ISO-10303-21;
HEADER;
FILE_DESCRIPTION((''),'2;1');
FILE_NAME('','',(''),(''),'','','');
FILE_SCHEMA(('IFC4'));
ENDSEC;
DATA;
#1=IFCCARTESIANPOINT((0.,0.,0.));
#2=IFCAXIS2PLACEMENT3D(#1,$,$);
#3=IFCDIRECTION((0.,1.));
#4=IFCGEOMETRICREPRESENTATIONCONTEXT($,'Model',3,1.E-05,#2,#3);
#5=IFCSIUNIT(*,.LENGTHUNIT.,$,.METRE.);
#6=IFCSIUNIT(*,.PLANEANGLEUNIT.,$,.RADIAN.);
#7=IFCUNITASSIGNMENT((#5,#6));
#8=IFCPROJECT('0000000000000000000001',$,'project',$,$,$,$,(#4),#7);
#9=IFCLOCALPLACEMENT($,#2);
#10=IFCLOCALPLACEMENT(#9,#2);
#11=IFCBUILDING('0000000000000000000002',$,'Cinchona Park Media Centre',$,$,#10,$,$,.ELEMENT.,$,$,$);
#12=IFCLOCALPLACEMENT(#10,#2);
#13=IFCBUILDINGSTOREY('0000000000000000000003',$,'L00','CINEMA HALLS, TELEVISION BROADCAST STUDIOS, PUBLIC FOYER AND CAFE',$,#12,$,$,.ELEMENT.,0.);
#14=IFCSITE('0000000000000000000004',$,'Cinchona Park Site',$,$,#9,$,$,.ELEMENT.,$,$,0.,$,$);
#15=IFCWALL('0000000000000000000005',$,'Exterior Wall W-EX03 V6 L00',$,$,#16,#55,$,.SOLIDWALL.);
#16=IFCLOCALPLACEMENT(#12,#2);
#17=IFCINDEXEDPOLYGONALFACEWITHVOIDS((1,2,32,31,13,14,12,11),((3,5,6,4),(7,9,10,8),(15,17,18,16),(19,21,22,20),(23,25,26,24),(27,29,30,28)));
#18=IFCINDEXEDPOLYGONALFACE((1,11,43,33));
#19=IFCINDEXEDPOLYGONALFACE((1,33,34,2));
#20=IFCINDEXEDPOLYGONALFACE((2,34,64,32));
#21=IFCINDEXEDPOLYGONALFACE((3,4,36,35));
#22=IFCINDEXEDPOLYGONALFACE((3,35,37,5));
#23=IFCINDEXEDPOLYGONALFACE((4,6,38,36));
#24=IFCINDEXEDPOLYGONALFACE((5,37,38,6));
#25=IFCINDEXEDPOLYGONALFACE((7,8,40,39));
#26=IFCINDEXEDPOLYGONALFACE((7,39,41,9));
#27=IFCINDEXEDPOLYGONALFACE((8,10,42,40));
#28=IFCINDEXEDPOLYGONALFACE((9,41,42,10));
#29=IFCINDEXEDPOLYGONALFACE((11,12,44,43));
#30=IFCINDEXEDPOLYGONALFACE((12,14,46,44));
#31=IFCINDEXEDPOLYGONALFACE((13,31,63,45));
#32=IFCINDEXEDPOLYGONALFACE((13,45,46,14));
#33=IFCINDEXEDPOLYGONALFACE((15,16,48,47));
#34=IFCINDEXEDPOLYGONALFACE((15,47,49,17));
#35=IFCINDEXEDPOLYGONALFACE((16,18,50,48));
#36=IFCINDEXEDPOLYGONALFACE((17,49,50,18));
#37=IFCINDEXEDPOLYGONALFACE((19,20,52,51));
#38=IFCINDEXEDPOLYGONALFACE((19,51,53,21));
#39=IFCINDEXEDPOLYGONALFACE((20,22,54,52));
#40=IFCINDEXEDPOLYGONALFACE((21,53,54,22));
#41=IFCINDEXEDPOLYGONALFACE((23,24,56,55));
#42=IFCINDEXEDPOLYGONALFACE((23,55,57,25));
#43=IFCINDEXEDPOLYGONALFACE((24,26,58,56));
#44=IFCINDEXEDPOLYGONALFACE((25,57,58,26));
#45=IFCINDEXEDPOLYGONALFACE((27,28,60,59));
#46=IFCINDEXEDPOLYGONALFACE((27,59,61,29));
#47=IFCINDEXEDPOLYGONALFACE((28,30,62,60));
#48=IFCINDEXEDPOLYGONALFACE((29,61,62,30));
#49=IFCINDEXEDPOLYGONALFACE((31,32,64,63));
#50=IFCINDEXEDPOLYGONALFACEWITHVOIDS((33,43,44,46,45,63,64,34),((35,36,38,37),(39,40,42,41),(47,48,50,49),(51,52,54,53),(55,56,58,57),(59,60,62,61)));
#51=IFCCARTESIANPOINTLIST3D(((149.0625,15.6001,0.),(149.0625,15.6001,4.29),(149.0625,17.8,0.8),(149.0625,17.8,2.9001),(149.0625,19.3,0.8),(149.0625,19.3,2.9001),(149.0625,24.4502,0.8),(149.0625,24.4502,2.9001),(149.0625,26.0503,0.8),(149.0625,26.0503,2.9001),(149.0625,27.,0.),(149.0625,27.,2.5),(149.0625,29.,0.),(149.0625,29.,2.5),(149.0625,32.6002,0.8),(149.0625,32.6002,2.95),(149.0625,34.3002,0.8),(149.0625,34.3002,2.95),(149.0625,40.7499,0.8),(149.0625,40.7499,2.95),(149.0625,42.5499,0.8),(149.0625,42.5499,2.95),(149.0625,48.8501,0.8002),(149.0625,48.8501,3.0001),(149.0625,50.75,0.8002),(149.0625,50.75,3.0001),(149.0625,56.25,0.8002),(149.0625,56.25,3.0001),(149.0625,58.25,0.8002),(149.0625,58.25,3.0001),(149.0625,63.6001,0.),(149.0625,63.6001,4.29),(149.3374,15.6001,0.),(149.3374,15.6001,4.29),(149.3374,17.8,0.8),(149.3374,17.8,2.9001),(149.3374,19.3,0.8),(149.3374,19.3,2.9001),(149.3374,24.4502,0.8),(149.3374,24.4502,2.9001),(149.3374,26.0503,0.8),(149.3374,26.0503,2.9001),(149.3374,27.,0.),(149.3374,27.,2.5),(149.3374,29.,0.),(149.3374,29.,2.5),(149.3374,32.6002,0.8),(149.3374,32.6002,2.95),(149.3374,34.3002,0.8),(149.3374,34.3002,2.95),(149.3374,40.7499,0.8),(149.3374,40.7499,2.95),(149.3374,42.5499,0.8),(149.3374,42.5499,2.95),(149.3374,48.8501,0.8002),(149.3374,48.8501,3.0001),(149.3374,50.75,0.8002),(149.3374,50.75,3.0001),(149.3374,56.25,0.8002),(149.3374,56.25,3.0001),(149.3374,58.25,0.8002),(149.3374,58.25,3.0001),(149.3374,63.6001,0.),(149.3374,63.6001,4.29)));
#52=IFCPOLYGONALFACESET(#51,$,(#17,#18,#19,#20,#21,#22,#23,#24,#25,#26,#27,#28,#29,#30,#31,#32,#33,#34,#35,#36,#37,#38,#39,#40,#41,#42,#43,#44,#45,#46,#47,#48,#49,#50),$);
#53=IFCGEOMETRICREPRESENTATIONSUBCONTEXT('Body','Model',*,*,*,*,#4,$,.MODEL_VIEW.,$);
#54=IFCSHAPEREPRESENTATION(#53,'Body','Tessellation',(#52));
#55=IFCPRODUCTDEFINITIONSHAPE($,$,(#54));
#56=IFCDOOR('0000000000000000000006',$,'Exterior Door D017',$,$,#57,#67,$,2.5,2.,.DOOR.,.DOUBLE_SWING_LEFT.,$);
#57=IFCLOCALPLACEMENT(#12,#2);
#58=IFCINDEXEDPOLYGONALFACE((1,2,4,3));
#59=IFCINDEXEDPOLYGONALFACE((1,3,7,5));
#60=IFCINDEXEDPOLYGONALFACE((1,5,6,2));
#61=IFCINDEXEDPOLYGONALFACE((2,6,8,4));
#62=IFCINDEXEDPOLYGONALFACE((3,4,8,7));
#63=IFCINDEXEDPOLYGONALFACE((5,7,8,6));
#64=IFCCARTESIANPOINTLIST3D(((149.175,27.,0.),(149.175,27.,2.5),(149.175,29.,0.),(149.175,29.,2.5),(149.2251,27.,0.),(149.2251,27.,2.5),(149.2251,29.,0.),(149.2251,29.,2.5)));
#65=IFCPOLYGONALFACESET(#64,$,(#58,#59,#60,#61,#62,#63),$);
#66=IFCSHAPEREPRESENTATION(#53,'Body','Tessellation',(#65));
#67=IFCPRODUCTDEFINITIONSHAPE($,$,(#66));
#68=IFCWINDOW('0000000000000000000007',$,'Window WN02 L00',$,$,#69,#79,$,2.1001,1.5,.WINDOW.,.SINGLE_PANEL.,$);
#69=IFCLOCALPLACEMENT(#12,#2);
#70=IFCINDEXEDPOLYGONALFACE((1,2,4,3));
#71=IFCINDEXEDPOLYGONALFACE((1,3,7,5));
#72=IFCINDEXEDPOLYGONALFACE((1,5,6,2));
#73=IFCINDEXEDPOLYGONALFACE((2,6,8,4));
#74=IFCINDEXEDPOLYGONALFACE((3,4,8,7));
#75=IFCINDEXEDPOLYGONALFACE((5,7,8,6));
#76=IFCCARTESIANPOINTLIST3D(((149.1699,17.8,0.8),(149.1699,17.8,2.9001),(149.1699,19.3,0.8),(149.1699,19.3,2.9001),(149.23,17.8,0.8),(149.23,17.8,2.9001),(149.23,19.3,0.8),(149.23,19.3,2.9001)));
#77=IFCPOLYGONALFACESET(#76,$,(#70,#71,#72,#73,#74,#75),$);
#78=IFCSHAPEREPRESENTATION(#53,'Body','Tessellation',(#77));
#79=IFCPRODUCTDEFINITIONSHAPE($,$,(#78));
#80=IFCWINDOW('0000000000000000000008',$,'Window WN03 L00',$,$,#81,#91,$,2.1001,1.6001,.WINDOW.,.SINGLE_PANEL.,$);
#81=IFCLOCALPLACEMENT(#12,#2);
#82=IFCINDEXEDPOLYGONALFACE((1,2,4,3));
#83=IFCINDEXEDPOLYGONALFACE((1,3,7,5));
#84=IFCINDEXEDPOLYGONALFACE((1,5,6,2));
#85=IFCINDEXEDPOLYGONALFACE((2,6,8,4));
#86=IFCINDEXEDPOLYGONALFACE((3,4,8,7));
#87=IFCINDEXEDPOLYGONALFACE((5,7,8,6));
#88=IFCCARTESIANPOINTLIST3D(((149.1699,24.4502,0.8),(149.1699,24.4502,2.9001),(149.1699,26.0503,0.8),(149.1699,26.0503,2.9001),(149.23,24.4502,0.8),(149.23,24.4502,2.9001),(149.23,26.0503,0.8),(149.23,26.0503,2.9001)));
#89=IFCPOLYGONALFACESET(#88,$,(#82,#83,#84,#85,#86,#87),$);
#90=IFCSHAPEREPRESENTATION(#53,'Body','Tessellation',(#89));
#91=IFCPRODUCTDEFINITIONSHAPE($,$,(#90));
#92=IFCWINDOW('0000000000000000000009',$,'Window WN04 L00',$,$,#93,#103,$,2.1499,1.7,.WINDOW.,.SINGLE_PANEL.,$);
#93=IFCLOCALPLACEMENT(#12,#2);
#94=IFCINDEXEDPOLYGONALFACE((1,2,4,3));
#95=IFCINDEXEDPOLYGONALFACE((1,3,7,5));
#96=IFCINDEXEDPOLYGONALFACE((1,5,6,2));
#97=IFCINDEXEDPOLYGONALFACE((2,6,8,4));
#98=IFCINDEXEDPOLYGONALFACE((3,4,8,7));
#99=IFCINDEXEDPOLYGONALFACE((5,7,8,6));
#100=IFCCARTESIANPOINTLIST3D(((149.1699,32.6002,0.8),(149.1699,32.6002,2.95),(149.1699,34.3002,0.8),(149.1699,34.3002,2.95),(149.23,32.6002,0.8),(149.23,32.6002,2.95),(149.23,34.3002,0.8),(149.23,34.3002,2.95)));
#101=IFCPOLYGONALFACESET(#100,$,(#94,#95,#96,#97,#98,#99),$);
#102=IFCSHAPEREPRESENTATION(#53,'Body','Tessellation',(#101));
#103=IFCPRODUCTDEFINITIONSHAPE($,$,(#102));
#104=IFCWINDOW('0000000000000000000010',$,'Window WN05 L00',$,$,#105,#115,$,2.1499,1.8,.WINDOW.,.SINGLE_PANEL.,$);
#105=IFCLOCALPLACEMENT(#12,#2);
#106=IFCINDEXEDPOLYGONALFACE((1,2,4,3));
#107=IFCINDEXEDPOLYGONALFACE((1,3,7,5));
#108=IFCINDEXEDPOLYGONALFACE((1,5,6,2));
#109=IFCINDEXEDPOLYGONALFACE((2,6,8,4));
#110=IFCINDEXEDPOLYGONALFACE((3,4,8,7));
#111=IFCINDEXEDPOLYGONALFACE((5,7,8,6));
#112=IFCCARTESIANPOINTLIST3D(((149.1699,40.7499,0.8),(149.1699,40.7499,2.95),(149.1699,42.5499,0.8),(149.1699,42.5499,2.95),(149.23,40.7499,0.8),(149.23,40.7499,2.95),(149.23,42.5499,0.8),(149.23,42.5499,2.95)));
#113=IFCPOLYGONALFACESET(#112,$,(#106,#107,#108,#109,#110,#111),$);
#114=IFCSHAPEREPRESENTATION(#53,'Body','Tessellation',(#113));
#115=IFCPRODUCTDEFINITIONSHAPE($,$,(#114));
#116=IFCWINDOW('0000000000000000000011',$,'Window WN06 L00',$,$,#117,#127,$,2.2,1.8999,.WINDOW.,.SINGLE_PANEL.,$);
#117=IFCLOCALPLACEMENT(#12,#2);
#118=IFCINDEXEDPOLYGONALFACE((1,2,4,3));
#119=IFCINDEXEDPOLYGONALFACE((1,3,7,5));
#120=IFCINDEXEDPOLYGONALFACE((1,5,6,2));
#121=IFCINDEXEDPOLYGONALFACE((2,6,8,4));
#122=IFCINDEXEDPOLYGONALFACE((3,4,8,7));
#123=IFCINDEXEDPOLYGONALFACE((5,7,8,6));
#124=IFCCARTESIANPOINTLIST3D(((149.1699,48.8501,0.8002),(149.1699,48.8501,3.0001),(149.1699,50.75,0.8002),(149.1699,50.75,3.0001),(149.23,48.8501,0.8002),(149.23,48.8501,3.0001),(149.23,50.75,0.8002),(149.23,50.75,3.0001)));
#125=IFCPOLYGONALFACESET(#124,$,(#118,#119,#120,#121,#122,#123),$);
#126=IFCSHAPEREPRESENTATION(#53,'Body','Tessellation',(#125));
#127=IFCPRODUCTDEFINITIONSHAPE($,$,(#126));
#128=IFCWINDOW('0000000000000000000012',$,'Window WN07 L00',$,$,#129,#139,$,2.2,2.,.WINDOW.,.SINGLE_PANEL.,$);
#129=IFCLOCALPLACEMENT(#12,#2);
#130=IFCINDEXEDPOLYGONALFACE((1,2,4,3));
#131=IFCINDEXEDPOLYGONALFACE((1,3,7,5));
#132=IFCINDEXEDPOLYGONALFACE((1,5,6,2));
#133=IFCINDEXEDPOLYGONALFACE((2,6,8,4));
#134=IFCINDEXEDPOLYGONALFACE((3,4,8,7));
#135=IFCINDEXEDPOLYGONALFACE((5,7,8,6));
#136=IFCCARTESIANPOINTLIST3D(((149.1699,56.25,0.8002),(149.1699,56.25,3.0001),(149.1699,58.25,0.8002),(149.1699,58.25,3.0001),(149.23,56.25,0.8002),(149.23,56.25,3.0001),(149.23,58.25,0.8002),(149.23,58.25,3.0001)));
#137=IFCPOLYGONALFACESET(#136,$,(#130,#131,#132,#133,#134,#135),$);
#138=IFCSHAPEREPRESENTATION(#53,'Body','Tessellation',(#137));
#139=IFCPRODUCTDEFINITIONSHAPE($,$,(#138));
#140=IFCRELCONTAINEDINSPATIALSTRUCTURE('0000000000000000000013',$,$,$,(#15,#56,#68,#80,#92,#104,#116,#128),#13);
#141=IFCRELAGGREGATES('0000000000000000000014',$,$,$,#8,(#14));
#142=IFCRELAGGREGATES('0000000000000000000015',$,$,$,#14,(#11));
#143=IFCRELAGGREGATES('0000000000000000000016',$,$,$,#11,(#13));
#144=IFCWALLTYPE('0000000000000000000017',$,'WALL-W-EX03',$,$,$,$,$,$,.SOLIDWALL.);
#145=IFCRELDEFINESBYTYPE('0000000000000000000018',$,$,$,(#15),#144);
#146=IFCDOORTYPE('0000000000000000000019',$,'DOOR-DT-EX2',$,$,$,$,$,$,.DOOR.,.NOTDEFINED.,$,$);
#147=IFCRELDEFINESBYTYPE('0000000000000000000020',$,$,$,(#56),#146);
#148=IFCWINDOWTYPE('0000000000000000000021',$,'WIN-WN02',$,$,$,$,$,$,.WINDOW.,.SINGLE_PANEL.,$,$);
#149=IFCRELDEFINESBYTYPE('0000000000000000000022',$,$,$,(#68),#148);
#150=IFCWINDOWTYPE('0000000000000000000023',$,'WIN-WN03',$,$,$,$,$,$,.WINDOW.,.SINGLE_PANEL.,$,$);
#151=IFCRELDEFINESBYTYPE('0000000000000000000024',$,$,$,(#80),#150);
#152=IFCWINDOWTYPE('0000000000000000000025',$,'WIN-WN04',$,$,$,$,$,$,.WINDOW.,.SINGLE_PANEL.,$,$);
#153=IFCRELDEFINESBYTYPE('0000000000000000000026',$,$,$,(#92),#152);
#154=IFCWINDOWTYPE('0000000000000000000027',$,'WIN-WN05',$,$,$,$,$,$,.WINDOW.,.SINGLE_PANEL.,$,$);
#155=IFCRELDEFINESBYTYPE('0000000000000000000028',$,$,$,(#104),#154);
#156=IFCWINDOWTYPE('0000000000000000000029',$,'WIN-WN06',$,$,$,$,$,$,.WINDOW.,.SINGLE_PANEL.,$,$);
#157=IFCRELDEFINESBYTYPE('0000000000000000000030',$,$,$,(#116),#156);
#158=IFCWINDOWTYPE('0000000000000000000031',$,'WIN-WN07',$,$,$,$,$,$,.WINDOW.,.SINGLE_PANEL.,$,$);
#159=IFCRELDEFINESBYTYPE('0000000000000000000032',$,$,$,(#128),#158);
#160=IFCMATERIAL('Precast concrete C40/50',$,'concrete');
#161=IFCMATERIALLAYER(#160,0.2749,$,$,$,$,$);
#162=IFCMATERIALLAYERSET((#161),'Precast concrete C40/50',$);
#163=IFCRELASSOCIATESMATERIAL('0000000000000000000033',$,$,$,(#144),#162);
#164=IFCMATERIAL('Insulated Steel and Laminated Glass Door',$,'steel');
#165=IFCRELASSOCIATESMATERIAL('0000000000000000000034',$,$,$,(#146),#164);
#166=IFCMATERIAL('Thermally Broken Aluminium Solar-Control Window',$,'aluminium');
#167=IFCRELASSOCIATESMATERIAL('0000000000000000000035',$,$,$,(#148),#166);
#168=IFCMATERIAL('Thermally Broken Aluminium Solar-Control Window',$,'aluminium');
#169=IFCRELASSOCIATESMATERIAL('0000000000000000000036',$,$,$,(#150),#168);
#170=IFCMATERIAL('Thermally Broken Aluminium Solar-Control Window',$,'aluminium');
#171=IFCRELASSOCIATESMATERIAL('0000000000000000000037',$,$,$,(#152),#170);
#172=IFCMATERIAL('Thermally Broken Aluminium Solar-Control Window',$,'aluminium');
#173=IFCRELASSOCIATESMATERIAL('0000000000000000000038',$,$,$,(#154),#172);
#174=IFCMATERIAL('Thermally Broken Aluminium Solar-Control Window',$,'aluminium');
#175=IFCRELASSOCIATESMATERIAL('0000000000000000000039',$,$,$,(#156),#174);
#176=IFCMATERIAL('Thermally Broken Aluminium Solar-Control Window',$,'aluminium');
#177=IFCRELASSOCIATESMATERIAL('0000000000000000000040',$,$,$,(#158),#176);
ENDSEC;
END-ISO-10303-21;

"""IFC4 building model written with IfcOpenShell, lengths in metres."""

from ifc_helpers import new_model, si_unit, direction, frame, frame_2d, origin, place, context, subcontext, project, spatial, rectangle, extrude, material, layer, layer_set, type_object, element, fill, save


model = new_model("IFC4")

# Units and contexts
model_context = context("Model", 3, precision=1e-05, world=origin(), true_north=direction((0.0, 1.0)))
body_context = subcontext(model_context, "Body", "Model", "MODEL_VIEW")
ifc_project = project(units=[si_unit("LENGTHUNIT", "METRE"), si_unit("PLANEANGLEUNIT", "RADIAN")], contexts=[model_context])

# Site, building, storey
site_placement = place(None, origin())
site = spatial("IfcSite", under=ifc_project, at=site_placement, Name="Cinchona Park Site", CompositionType="ELEMENT", RefElevation=0.0)
building_placement = place(site_placement, origin())
building = spatial("IfcBuilding", under=site, at=building_placement, Name="Cinchona Park Media Centre", CompositionType="ELEMENT")
storey_placement = place(building_placement, origin())
storey = spatial("IfcBuildingStorey", under=building, at=storey_placement, Name="L00", Description="CINEMA HALLS, TELEVISION BROADCAST STUDIOS, PUBLIC FOYER AND CAFE", CompositionType="ELEMENT", Elevation=0.0)

# Wall, openings, door, windows
ifc_material_1 = material(Name="Precast concrete C40/50", Category="concrete")
ifc_layer_1 = layer(ifc_material_1, 0.2749)
ifc_layer_set_1 = layer_set([ifc_layer_1], Name="Precast concrete C40/50")
wall_type = type_object("IfcWallType", Name="WALL-W-EX03", PredefinedType="SOLIDWALL", material=ifc_layer_set_1)
wall_placement = place(storey_placement, frame((149.2, 15.6001, 0.0), z_axis=(0.0, 0.0, 1.0), x_axis=(0.0, 1.0, 0.0)))
wall = element("IfcWall", 1, at=wall_placement, inside=storey, type_object=wall_type, Name="Exterior Wall W-EX03 V6 L00", PredefinedType="SOLIDWALL", context=body_context, shape_type="SweptSolid", body=[
    extrude(rectangle(XDim=48.0, YDim=0.2749, at=frame_2d((24.0, 0.0))), origin(), (0.0, 0.0, 1.0), 4.29),
])
opening_1_placement = place(wall_placement, frame((11.3999, 0.0, 0.0)))
opening_1 = element("IfcOpeningElement", 2, at=opening_1_placement, cuts=wall, PredefinedType="OPENING", context=body_context, shape_type="SweptSolid", body=[
    extrude(rectangle(XDim=2.0, YDim=2.5, at=frame_2d((1.0, 1.25))), frame((0.0, 0.1475, 0.0), z_axis=(0.0, -1.0, 0.0), x_axis=(1.0, 0.0, 0.0)), (0.0, 0.0, 1.0), 0.2949),
])
opening_2_placement = place(wall_placement, frame((2.2, 0.0, 0.8)))
opening_2 = element("IfcOpeningElement", 3, at=opening_2_placement, cuts=wall, PredefinedType="OPENING", context=body_context, shape_type="SweptSolid", body=[
    extrude(rectangle(XDim=1.5, YDim=2.1001, at=frame_2d((0.75, 1.05))), frame((0.0, 0.1475, 0.0), z_axis=(0.0, -1.0, 0.0), x_axis=(1.0, 0.0, 0.0)), (0.0, 0.0, 1.0), 0.2949),
])
opening_3_placement = place(wall_placement, frame((8.8501, 0.0, 0.8)))
opening_3 = element("IfcOpeningElement", 4, at=opening_3_placement, cuts=wall, PredefinedType="OPENING", context=body_context, shape_type="SweptSolid", body=[
    extrude(rectangle(XDim=1.6001, YDim=2.1001, at=frame_2d((0.8, 1.05))), frame((0.0, 0.1475, 0.0), z_axis=(0.0, -1.0, 0.0), x_axis=(1.0, 0.0, 0.0)), (0.0, 0.0, 1.0), 0.2949),
])
opening_4_placement = place(wall_placement, frame((17.0, 0.0, 0.8)))
opening_4 = element("IfcOpeningElement", 5, at=opening_4_placement, cuts=wall, PredefinedType="OPENING", context=body_context, shape_type="SweptSolid", body=[
    extrude(rectangle(XDim=1.7, YDim=2.1499, at=frame_2d((0.8501, 1.075))), frame((0.0, 0.1475, 0.0), z_axis=(0.0, -1.0, 0.0), x_axis=(1.0, 0.0, 0.0)), (0.0, 0.0, 1.0), 0.2949),
])
opening_5_placement = place(wall_placement, frame((25.1499, 0.0, 0.8)))
opening_5 = element("IfcOpeningElement", 6, at=opening_5_placement, cuts=wall, PredefinedType="OPENING", context=body_context, shape_type="SweptSolid", body=[
    extrude(rectangle(XDim=1.8, YDim=2.1499, at=frame_2d((0.8999, 1.075))), frame((0.0, 0.1475, 0.0), z_axis=(0.0, -1.0, 0.0), x_axis=(1.0, 0.0, 0.0)), (0.0, 0.0, 1.0), 0.2949),
])
opening_6_placement = place(wall_placement, frame((33.25, 0.0, 0.8)))
opening_6 = element("IfcOpeningElement", 7, at=opening_6_placement, cuts=wall, PredefinedType="OPENING", context=body_context, shape_type="SweptSolid", body=[
    extrude(rectangle(XDim=1.8999, YDim=2.2, at=frame_2d((0.95, 1.1001))), frame((0.0, 0.1475, 0.0), z_axis=(0.0, -1.0, 0.0), x_axis=(1.0, 0.0, 0.0)), (0.0, 0.0, 1.0), 0.2949),
])
opening_7_placement = place(wall_placement, frame((40.6499, 0.0, 0.8)))
opening_7 = element("IfcOpeningElement", 8, at=opening_7_placement, cuts=wall, PredefinedType="OPENING", context=body_context, shape_type="SweptSolid", body=[
    extrude(rectangle(XDim=2.0, YDim=2.2, at=frame_2d((1.0, 1.1001))), frame((0.0, 0.1475, 0.0), z_axis=(0.0, -1.0, 0.0), x_axis=(1.0, 0.0, 0.0)), (0.0, 0.0, 1.0), 0.2949),
])
ifc_material_2 = material(Name="Insulated Steel and Laminated Glass Door", Category="steel")
door_type = type_object("IfcDoorType", Name="DOOR-DT-EX2", OperationType="NOTDEFINED", PredefinedType="DOOR", material=ifc_material_2)
door_placement = place(opening_1_placement, origin())
door = element("IfcDoor", 9, at=door_placement, inside=storey, type_object=door_type, Name="Exterior Door D017", OperationType="DOUBLE_SWING_LEFT", OverallHeight=2.5, OverallWidth=2.0, PredefinedType="DOOR", context=body_context, shape_type="SweptSolid", body=[
    extrude(rectangle(XDim=2.0, YDim=2.5, at=frame_2d((1.0, 1.25))), frame((0.0, 0.0249, 0.0), z_axis=(0.0, -1.0, 0.0), x_axis=(1.0, 0.0, 0.0)), (0.0, 0.0, 1.0), 0.05),
])
fill(opening_1, door)
ifc_material_3 = material(Name="Thermally Broken Aluminium Solar-Control Window", Category="aluminium")
window_type_1 = type_object("IfcWindowType", Name="WIN-WN02", PartitioningType="SINGLE_PANEL", PredefinedType="WINDOW", material=ifc_material_3)
window_1_placement = place(opening_2_placement, origin())
window_1 = element("IfcWindow", 10, at=window_1_placement, inside=storey, type_object=window_type_1, Name="Window WN02 L00", OverallHeight=2.1001, OverallWidth=1.5, PartitioningType="SINGLE_PANEL", PredefinedType="WINDOW", context=body_context, shape_type="SweptSolid", body=[
    extrude(rectangle(XDim=1.5, YDim=2.1001, at=frame_2d((0.75, 1.05))), frame((0.0, 0.03, 0.0), z_axis=(0.0, -1.0, 0.0), x_axis=(1.0, 0.0, 0.0)), (0.0, 0.0, 1.0), 0.0601),
])
fill(opening_2, window_1)
ifc_material_4 = material(Name="Thermally Broken Aluminium Solar-Control Window", Category="aluminium")
window_type_2 = type_object("IfcWindowType", Name="WIN-WN03", PartitioningType="SINGLE_PANEL", PredefinedType="WINDOW", material=ifc_material_4)
window_2_placement = place(opening_3_placement, origin())
window_2 = element("IfcWindow", 11, at=window_2_placement, inside=storey, type_object=window_type_2, Name="Window WN03 L00", OverallHeight=2.1001, OverallWidth=1.6001, PartitioningType="SINGLE_PANEL", PredefinedType="WINDOW", context=body_context, shape_type="SweptSolid", body=[
    extrude(rectangle(XDim=1.6001, YDim=2.1001, at=frame_2d((0.8, 1.05))), frame((0.0, 0.03, 0.0), z_axis=(0.0, -1.0, 0.0), x_axis=(1.0, 0.0, 0.0)), (0.0, 0.0, 1.0), 0.0601),
])
fill(opening_3, window_2)
ifc_material_5 = material(Name="Thermally Broken Aluminium Solar-Control Window", Category="aluminium")
window_type_3 = type_object("IfcWindowType", Name="WIN-WN04", PartitioningType="SINGLE_PANEL", PredefinedType="WINDOW", material=ifc_material_5)
window_3_placement = place(opening_4_placement, origin())
window_3 = element("IfcWindow", 12, at=window_3_placement, inside=storey, type_object=window_type_3, Name="Window WN04 L00", OverallHeight=2.1499, OverallWidth=1.7, PartitioningType="SINGLE_PANEL", PredefinedType="WINDOW", context=body_context, shape_type="SweptSolid", body=[
    extrude(rectangle(XDim=1.7, YDim=2.1499, at=frame_2d((0.8501, 1.075))), frame((0.0, 0.03, 0.0), z_axis=(0.0, -1.0, 0.0), x_axis=(1.0, 0.0, 0.0)), (0.0, 0.0, 1.0), 0.0601),
])
fill(opening_4, window_3)
ifc_material_6 = material(Name="Thermally Broken Aluminium Solar-Control Window", Category="aluminium")
window_type_4 = type_object("IfcWindowType", Name="WIN-WN05", PartitioningType="SINGLE_PANEL", PredefinedType="WINDOW", material=ifc_material_6)
window_4_placement = place(opening_5_placement, origin())
window_4 = element("IfcWindow", 13, at=window_4_placement, inside=storey, type_object=window_type_4, Name="Window WN05 L00", OverallHeight=2.1499, OverallWidth=1.8, PartitioningType="SINGLE_PANEL", PredefinedType="WINDOW", context=body_context, shape_type="SweptSolid", body=[
    extrude(rectangle(XDim=1.8, YDim=2.1499, at=frame_2d((0.8999, 1.075))), frame((0.0, 0.03, 0.0), z_axis=(0.0, -1.0, 0.0), x_axis=(1.0, 0.0, 0.0)), (0.0, 0.0, 1.0), 0.0601),
])
fill(opening_5, window_4)
ifc_material_7 = material(Name="Thermally Broken Aluminium Solar-Control Window", Category="aluminium")
window_type_5 = type_object("IfcWindowType", Name="WIN-WN06", PartitioningType="SINGLE_PANEL", PredefinedType="WINDOW", material=ifc_material_7)
window_5_placement = place(opening_6_placement, origin())
window_5 = element("IfcWindow", 14, at=window_5_placement, inside=storey, type_object=window_type_5, Name="Window WN06 L00", OverallHeight=2.2, OverallWidth=1.8999, PartitioningType="SINGLE_PANEL", PredefinedType="WINDOW", context=body_context, shape_type="SweptSolid", body=[
    extrude(rectangle(XDim=1.8999, YDim=2.2, at=frame_2d((0.95, 1.1001))), frame((0.0, 0.03, 0.0), z_axis=(0.0, -1.0, 0.0), x_axis=(1.0, 0.0, 0.0)), (0.0, 0.0, 1.0), 0.0601),
])
fill(opening_6, window_5)
ifc_material_8 = material(Name="Thermally Broken Aluminium Solar-Control Window", Category="aluminium")
window_type_6 = type_object("IfcWindowType", Name="WIN-WN07", PartitioningType="SINGLE_PANEL", PredefinedType="WINDOW", material=ifc_material_8)
window_6_placement = place(opening_7_placement, origin())
window_6 = element("IfcWindow", 15, at=window_6_placement, inside=storey, type_object=window_type_6, Name="Window WN07 L00", OverallHeight=2.2, OverallWidth=2.0, PartitioningType="SINGLE_PANEL", PredefinedType="WINDOW", context=body_context, shape_type="SweptSolid", body=[
    extrude(rectangle(XDim=2.0, YDim=2.2, at=frame_2d((1.0, 1.1001))), frame((0.0, 0.03, 0.0), z_axis=(0.0, -1.0, 0.0), x_axis=(1.0, 0.0, 0.0)), (0.0, 0.0, 1.0), 0.0601),
])
fill(opening_7, window_6)

save(model, "model.ifc")
